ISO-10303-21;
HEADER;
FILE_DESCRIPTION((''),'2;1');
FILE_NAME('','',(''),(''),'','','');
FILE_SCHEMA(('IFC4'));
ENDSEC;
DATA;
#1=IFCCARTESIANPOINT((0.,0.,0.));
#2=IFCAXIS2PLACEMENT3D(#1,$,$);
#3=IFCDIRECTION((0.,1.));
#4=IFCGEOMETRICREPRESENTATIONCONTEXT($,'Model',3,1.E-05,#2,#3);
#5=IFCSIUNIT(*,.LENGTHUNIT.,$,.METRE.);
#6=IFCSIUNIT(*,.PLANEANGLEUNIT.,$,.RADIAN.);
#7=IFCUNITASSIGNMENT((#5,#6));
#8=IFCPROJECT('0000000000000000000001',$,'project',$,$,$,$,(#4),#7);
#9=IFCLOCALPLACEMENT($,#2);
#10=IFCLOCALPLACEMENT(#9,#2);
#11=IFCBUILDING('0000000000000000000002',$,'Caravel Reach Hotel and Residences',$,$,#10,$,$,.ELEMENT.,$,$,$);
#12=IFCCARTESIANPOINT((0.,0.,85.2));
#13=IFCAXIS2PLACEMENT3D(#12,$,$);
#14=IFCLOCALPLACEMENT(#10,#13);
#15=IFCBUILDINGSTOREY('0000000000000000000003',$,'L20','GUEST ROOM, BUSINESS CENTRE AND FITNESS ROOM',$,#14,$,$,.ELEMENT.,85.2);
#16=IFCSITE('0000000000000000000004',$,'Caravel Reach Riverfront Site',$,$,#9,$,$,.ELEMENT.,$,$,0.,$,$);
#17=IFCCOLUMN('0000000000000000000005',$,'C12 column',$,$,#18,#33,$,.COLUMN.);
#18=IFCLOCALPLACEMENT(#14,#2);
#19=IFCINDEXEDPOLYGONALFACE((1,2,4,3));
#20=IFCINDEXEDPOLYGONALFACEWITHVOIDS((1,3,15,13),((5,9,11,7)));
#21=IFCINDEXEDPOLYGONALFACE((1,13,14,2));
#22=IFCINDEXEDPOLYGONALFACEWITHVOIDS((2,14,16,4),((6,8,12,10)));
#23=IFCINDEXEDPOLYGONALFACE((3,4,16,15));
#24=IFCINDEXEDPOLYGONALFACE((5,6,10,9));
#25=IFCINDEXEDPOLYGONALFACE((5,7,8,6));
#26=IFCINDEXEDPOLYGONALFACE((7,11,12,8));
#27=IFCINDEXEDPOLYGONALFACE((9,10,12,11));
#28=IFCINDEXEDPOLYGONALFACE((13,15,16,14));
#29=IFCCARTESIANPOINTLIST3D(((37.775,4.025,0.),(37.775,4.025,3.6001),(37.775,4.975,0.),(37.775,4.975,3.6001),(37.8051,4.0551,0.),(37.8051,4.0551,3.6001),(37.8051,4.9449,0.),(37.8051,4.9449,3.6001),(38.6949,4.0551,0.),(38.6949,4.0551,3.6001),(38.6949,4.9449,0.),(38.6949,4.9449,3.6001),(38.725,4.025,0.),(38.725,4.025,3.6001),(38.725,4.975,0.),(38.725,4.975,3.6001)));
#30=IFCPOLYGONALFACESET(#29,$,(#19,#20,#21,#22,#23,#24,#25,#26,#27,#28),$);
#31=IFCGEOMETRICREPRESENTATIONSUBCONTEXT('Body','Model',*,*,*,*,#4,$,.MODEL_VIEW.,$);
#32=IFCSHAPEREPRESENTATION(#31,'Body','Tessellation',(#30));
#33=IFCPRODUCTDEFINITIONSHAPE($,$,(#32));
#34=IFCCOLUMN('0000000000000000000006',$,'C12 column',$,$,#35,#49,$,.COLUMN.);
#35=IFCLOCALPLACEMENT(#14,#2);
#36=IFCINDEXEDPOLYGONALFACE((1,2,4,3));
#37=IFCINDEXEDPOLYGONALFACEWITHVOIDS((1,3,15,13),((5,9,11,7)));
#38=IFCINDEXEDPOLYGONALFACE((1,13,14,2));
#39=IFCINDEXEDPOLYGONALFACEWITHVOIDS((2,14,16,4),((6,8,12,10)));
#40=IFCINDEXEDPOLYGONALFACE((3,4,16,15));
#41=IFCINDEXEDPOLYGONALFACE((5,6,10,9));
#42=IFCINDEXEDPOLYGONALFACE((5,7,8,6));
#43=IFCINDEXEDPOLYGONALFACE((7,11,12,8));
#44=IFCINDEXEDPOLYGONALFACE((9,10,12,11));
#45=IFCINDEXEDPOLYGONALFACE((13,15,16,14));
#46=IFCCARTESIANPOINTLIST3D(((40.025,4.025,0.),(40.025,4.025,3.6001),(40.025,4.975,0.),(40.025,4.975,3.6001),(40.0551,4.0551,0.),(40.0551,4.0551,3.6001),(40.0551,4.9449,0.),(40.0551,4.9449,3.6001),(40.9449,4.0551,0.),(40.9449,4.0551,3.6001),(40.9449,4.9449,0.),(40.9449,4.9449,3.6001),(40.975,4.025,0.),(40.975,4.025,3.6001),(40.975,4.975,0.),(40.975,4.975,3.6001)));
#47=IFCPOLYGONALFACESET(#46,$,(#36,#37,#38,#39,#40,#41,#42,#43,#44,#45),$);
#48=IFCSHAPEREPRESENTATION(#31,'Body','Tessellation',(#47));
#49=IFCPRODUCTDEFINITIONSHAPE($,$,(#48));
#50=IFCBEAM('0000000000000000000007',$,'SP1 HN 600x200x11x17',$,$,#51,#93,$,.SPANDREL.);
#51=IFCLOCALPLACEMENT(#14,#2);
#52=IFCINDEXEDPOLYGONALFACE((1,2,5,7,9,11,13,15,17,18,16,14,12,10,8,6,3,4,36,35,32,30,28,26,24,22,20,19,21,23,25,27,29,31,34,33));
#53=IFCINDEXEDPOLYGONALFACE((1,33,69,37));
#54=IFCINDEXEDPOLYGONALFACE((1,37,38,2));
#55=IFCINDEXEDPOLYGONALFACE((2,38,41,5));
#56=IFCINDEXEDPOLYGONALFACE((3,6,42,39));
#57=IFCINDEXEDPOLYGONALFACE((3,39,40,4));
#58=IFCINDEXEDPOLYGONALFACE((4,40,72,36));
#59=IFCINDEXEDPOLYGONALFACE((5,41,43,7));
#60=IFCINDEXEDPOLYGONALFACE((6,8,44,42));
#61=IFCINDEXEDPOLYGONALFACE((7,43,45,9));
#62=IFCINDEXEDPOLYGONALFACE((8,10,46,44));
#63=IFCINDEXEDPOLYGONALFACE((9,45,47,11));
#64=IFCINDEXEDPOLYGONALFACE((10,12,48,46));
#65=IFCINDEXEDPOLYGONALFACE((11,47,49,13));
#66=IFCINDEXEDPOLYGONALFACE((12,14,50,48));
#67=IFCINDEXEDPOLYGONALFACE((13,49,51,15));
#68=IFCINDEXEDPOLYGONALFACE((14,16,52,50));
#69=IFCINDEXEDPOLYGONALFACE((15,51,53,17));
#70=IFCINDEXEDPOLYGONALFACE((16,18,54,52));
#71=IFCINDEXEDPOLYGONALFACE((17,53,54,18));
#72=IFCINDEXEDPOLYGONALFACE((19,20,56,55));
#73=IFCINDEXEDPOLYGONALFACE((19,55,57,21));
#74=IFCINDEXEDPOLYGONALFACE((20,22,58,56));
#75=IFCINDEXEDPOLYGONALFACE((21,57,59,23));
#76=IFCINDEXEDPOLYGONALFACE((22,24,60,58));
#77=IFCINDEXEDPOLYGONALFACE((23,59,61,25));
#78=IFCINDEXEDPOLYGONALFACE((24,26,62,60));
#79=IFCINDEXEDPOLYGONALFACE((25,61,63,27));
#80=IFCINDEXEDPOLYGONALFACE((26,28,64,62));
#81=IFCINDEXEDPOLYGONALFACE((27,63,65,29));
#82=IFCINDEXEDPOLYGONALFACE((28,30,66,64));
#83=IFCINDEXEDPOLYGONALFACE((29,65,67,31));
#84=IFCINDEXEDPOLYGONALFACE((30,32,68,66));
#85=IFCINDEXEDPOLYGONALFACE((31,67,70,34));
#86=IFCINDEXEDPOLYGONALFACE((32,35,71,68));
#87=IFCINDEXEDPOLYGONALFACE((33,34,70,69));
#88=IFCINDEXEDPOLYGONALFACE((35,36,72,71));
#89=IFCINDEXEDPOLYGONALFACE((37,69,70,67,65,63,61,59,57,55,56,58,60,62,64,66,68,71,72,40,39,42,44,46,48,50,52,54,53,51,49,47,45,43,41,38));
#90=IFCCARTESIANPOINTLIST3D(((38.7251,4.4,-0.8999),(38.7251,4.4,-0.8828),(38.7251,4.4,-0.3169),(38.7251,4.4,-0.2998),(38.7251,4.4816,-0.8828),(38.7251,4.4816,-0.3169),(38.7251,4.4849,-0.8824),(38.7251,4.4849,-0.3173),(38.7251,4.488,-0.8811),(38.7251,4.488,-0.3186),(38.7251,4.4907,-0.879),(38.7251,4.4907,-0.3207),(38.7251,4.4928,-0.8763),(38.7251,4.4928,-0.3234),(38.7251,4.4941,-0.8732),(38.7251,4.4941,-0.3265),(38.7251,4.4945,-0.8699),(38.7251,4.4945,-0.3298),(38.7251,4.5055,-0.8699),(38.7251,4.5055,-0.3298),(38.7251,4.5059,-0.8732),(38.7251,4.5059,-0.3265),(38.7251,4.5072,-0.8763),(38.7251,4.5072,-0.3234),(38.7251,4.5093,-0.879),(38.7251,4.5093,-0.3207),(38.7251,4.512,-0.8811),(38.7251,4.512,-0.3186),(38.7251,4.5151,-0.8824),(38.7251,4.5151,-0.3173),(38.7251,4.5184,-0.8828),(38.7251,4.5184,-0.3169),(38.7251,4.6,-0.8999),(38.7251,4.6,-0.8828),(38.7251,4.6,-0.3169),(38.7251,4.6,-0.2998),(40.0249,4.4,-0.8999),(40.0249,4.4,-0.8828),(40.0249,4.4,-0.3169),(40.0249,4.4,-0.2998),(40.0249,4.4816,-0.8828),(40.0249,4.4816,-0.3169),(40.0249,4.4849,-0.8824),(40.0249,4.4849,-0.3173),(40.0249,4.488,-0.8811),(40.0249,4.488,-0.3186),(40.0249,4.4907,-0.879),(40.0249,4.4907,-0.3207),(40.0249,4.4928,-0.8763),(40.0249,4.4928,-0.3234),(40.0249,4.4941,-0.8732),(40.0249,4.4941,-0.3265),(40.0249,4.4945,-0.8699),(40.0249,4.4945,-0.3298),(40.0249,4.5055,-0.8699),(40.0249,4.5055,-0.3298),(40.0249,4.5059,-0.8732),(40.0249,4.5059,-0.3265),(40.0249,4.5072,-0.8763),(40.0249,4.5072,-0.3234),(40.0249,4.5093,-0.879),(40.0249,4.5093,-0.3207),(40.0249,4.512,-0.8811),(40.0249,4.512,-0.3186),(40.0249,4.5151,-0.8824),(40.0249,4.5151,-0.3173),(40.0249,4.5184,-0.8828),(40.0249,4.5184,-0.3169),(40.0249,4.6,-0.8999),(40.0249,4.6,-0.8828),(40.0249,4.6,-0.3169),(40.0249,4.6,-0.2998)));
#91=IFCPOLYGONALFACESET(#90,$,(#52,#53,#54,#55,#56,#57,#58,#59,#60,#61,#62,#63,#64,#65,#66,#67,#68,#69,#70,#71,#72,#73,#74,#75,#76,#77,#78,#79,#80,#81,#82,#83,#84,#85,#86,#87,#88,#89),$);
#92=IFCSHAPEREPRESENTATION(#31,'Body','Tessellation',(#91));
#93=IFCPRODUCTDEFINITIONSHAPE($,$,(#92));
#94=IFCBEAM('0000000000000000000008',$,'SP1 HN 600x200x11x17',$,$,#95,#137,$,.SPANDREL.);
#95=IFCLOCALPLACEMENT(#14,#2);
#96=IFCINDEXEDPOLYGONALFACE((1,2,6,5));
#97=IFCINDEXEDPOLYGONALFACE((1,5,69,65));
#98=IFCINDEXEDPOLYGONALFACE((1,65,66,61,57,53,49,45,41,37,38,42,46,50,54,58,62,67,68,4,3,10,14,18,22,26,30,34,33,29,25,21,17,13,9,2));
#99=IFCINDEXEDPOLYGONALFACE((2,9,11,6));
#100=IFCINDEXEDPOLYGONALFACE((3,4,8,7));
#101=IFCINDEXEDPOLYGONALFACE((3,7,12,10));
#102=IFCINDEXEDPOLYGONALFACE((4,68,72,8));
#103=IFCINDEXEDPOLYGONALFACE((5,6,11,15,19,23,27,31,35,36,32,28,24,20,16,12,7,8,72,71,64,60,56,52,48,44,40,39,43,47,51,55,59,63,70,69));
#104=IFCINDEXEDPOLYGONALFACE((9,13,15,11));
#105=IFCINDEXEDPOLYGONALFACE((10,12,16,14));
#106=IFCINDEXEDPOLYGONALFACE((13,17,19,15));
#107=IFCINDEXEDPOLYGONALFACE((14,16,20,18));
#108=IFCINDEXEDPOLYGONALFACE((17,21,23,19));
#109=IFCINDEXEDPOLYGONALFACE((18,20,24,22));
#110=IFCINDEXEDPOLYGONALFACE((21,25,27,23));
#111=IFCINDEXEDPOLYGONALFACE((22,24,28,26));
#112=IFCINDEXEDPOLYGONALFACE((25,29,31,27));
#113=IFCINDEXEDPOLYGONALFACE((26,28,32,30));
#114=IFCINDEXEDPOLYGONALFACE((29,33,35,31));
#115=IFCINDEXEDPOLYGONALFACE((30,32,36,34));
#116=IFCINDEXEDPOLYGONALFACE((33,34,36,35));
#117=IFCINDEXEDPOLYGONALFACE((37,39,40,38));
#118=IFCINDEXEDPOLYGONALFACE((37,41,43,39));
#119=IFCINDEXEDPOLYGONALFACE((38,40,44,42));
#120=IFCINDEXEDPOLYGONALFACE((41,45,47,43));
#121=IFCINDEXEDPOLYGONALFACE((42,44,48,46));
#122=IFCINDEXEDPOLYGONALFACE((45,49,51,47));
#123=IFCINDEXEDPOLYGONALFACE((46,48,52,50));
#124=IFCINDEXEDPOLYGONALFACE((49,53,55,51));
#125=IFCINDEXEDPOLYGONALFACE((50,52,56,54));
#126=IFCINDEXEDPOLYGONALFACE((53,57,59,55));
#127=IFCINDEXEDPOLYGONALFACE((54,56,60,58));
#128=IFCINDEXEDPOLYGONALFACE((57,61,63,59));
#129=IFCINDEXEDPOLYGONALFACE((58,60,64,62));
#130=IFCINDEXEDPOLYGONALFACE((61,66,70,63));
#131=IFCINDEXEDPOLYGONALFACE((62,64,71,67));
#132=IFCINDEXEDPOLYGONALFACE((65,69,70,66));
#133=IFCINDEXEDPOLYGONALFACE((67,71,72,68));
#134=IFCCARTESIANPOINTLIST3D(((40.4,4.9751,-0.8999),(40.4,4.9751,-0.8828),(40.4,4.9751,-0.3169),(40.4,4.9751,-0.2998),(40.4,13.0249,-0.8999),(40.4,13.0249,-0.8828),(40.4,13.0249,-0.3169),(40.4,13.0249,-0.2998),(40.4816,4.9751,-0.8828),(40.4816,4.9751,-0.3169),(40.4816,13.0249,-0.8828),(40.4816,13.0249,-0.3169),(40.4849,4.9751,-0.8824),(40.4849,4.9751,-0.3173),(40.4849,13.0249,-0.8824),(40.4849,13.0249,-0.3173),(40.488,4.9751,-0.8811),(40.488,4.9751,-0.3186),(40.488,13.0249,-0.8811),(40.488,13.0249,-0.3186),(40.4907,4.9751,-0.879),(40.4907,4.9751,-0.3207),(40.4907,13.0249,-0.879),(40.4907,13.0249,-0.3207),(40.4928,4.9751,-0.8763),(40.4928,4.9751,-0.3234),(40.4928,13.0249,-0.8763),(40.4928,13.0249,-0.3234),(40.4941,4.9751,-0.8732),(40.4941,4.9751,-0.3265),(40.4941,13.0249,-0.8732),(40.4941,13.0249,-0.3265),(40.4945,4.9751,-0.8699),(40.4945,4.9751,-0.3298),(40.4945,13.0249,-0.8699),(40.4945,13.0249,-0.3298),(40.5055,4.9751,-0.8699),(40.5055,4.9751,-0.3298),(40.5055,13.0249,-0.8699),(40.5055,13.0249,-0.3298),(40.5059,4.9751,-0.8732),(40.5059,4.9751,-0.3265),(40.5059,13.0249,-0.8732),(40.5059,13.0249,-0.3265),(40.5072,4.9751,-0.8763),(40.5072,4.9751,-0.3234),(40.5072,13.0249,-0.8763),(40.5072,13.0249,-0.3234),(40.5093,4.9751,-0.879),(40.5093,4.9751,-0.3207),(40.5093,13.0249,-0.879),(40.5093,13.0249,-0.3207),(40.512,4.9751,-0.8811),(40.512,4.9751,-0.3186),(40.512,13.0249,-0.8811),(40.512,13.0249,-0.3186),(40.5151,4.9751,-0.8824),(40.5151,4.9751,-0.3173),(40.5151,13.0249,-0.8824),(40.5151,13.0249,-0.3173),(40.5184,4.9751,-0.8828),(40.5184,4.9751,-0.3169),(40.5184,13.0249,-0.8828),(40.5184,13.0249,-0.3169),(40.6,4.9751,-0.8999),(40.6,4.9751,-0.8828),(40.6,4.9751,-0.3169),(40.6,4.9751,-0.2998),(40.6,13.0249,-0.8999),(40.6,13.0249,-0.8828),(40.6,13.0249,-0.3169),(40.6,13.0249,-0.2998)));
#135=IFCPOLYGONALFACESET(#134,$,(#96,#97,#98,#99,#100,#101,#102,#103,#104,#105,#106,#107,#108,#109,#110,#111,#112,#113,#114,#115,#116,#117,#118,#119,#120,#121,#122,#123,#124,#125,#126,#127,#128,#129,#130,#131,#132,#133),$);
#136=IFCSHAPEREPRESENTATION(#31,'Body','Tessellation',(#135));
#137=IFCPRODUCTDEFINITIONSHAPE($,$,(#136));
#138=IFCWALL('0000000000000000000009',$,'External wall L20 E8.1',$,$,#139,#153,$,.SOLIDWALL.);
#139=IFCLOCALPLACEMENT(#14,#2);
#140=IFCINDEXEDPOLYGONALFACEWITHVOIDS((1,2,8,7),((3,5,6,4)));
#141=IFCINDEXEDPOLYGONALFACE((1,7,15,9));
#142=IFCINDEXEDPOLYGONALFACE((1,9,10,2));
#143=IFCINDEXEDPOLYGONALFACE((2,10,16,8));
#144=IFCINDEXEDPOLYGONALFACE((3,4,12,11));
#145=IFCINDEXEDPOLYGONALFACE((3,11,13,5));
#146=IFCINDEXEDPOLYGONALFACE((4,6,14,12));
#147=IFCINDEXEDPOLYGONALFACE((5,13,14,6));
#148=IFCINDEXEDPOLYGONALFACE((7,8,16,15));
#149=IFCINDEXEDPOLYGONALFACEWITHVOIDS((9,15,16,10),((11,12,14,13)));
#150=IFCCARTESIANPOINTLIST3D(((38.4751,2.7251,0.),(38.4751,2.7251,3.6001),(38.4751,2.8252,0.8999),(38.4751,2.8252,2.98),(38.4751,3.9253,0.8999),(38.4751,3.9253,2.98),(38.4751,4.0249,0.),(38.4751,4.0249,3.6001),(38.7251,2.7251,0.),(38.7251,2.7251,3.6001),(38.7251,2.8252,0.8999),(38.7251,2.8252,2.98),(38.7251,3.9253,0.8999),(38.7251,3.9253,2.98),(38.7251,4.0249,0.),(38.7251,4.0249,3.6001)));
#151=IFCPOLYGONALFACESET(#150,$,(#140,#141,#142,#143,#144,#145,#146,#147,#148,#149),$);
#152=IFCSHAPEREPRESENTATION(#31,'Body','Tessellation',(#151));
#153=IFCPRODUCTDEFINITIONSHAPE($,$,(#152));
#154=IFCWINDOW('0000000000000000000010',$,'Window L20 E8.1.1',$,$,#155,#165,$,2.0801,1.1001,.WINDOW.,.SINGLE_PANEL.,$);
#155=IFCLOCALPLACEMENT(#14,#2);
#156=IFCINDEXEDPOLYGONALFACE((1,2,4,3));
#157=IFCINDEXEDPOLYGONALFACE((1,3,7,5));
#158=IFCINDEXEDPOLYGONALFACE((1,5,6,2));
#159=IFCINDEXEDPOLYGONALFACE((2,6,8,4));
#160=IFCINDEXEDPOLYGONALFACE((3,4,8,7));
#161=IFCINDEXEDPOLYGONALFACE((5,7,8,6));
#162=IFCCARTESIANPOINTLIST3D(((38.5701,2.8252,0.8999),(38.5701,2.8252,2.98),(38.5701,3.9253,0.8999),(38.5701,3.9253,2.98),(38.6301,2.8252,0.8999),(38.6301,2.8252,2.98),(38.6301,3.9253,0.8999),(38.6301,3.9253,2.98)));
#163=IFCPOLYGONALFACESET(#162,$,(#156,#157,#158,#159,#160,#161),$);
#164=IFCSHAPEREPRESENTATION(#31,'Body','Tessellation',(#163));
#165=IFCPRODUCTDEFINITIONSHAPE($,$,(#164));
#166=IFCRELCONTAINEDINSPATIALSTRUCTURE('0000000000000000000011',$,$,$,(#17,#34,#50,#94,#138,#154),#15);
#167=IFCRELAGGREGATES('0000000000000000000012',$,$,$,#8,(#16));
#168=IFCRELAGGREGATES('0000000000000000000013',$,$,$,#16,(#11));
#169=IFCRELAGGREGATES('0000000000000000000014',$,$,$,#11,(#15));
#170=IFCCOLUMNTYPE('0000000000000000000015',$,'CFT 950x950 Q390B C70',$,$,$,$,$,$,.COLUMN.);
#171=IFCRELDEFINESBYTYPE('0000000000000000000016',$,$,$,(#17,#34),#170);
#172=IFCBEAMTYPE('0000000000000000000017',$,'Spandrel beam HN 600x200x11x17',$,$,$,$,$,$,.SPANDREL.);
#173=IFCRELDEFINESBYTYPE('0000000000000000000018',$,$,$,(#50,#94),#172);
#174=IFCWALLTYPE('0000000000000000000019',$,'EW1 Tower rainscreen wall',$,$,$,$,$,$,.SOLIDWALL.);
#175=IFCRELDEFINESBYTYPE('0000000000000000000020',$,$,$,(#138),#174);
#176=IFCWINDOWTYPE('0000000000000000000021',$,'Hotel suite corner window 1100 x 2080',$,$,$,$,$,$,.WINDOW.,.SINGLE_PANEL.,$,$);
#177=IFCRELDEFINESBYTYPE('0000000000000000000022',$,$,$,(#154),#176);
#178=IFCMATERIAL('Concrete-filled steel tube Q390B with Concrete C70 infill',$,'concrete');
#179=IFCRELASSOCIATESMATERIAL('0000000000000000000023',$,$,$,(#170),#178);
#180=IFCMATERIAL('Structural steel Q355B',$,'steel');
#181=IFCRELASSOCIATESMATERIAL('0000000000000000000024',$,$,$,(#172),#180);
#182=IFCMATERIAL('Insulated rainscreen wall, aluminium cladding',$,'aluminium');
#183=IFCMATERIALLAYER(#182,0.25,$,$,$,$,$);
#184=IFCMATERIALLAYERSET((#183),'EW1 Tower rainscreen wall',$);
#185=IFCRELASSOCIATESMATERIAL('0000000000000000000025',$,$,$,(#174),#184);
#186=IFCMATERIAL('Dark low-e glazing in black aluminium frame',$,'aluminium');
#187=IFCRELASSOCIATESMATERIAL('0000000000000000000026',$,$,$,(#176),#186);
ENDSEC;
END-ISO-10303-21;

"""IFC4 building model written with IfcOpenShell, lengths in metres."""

from ifc_helpers import new_model, si_unit, direction, frame, frame_2d, origin, origin_2d, place, context, subcontext, project, spatial, rectangle, hollow_rectangle, i_section, extrude, material, layer, layer_set, material_profile, profile_set, type_object, element, fill, save


model = new_model("IFC4")

# Units and contexts
model_context = context("Model", 3, precision=1e-05, world=origin(), true_north=direction((0.0, 1.0)))
body_context = subcontext(model_context, "Body", "Model", "MODEL_VIEW")
ifc_project = project(units=[si_unit("LENGTHUNIT", "METRE"), si_unit("PLANEANGLEUNIT", "RADIAN")], contexts=[model_context])

# Site, building, storey
site_placement = place(None, origin())
site = spatial("IfcSite", under=ifc_project, at=site_placement, Name="Caravel Reach Riverfront Site", CompositionType="ELEMENT", RefElevation=0.0)
building_placement = place(site_placement, origin())
building = spatial("IfcBuilding", under=site, at=building_placement, Name="Caravel Reach Hotel and Residences", CompositionType="ELEMENT")
storey_placement = place(building_placement, frame((0.0, 0.0, 85.2)))
storey = spatial("IfcBuildingStorey", under=building, at=storey_placement, Name="L20", Description="GUEST ROOM, BUSINESS CENTRE AND FITNESS ROOM", CompositionType="ELEMENT", Elevation=85.2)

# Columns
ifc_material_1 = material(Name="Concrete-filled steel tube Q390B with Concrete C70 infill", Category="concrete")
ifc_material_profile_1 = material_profile(ifc_material_1, hollow_rectangle(XDim=0.95, YDim=0.95, WallThickness=0.03, at=origin_2d()), Name="RHS 950x950x30")
ifc_profile_set_1 = profile_set([ifc_material_profile_1], Name="Concrete-filled steel tube Q390B with Concrete C70 infill")
column_type = type_object("IfcColumnType", Name="CFT 950x950 Q390B C70", PredefinedType="COLUMN", material=ifc_profile_set_1)
for number, where, z_axis, x_axis, name in (
    (1, (38.25, 4.5, 0.0), (0.0, 0.0, 1.0), (1.0, 0.0, 0.0), "C12 column"),
    (2, (40.5, 4.5, 0.0), (0.0, 0.0, 1.0), (1.0, 0.0, 0.0), "C12 column"),
):
    element("IfcColumn", number, at=place(storey_placement, frame(where, z_axis=z_axis, x_axis=x_axis)), inside=storey, type_object=column_type, Name=name, PredefinedType="COLUMN", context=body_context, shape_type="SweptSolid", body=[
        extrude(hollow_rectangle(XDim=0.95, YDim=0.95, WallThickness=0.03, at=origin_2d()), origin(), (0.0, 0.0, 1.0), 3.6001),
    ])

# Beams
ifc_material_2 = material(Name="Structural steel Q355B", Category="steel")
ifc_material_profile_2 = material_profile(ifc_material_2, i_section(OverallWidth=0.2, OverallDepth=0.6001, WebThickness=0.011, FlangeThickness=0.0171, FilletRadius=0.0129, at=origin_2d()), Name="HN 600x200x11x17")
ifc_profile_set_2 = profile_set([ifc_material_profile_2], Name="Structural steel Q355B")
beam_type = type_object("IfcBeamType", Name="Spandrel beam HN 600x200x11x17", PredefinedType="SPANDREL", material=ifc_profile_set_2)
beam_1_placement = place(storey_placement, frame((38.7251, 4.5, -0.5999), z_axis=(1.0, 0.0, 0.0), x_axis=(0.0, 1.0, 0.0)))
element("IfcBeam", 3, at=beam_1_placement, inside=storey, type_object=beam_type, Name="SP1 HN 600x200x11x17", PredefinedType="SPANDREL", context=body_context, shape_type="SweptSolid", body=[
    extrude(i_section(OverallWidth=0.2, OverallDepth=0.6001, WebThickness=0.011, FlangeThickness=0.0171, FilletRadius=0.0129, at=origin_2d()), origin(), (0.0, 0.0, 1.0), 1.2998),
])
beam_2_placement = place(storey_placement, frame((40.5, 4.9751, -0.5999), z_axis=(0.0, 1.0, 0.0), x_axis=(-1.0, 0.0, 0.0)))
element("IfcBeam", 4, at=beam_2_placement, inside=storey, type_object=beam_type, Name="SP1 HN 600x200x11x17", PredefinedType="SPANDREL", context=body_context, shape_type="SweptSolid", body=[
    extrude(i_section(OverallWidth=0.2, OverallDepth=0.6001, WebThickness=0.011, FlangeThickness=0.0171, FilletRadius=0.0129, at=origin_2d()), origin(), (0.0, 0.0, 1.0), 8.0498),
])

# Wall, opening, window
ifc_material_3 = material(Name="Insulated rainscreen wall, aluminium cladding", Category="aluminium")
ifc_layer = layer(ifc_material_3, 0.25)
ifc_layer_set = layer_set([ifc_layer], Name="EW1 Tower rainscreen wall")
wall_type = type_object("IfcWallType", Name="EW1 Tower rainscreen wall", PredefinedType="SOLIDWALL", material=ifc_layer_set)
wall_1_placement = place(storey_placement, frame((38.6001, 2.7251, 0.0), z_axis=(0.0, 0.0, 1.0), x_axis=(0.0, 1.0, 0.0)))
wall_1 = element("IfcWall", 5, at=wall_1_placement, inside=storey, type_object=wall_type, Name="External wall L20 E8.1", PredefinedType="SOLIDWALL", context=body_context, shape_type="SweptSolid", body=[
    extrude(rectangle(XDim=1.2998, YDim=0.25, at=frame_2d((0.6499, 0.0))), origin(), (0.0, 0.0, 1.0), 3.6001),
])
opening_1_placement = place(wall_1_placement, frame((0.1001, 0.0, 0.8999)))
opening_1 = element("IfcOpeningElement", 6, at=opening_1_placement, cuts=wall_1, PredefinedType="OPENING", context=body_context, shape_type="SweptSolid", body=[
    extrude(rectangle(XDim=1.1001, YDim=2.0801, at=frame_2d((0.55, 1.04))), frame((0.0, 0.135, 0.0), z_axis=(0.0, -1.0, 0.0), x_axis=(1.0, 0.0, 0.0)), (0.0, 0.0, 1.0), 0.27),
])
ifc_material_4 = material(Name="Dark low-e glazing in black aluminium frame", Category="aluminium")
window_type_1 = type_object("IfcWindowType", Name="Hotel suite corner window 1100 x 2080", PartitioningType="SINGLE_PANEL", PredefinedType="WINDOW", material=ifc_material_4)
window_1_placement = place(opening_1_placement, origin())
window_1 = element("IfcWindow", 7, at=window_1_placement, inside=storey, type_object=window_type_1, Name="Window L20 E8.1.1", OverallHeight=2.0801, OverallWidth=1.1001, PartitioningType="SINGLE_PANEL", PredefinedType="WINDOW", context=body_context, shape_type="SweptSolid", body=[
    extrude(rectangle(XDim=1.1001, YDim=2.0801, at=frame_2d((0.55, 1.04))), frame((0.0, 0.03, 0.0), z_axis=(0.0, -1.0, 0.0), x_axis=(1.0, 0.0, 0.0)), (0.0, 0.0, 1.0), 0.0601),
])
fill(opening_1, window_1)

save(model, "model.ifc")
